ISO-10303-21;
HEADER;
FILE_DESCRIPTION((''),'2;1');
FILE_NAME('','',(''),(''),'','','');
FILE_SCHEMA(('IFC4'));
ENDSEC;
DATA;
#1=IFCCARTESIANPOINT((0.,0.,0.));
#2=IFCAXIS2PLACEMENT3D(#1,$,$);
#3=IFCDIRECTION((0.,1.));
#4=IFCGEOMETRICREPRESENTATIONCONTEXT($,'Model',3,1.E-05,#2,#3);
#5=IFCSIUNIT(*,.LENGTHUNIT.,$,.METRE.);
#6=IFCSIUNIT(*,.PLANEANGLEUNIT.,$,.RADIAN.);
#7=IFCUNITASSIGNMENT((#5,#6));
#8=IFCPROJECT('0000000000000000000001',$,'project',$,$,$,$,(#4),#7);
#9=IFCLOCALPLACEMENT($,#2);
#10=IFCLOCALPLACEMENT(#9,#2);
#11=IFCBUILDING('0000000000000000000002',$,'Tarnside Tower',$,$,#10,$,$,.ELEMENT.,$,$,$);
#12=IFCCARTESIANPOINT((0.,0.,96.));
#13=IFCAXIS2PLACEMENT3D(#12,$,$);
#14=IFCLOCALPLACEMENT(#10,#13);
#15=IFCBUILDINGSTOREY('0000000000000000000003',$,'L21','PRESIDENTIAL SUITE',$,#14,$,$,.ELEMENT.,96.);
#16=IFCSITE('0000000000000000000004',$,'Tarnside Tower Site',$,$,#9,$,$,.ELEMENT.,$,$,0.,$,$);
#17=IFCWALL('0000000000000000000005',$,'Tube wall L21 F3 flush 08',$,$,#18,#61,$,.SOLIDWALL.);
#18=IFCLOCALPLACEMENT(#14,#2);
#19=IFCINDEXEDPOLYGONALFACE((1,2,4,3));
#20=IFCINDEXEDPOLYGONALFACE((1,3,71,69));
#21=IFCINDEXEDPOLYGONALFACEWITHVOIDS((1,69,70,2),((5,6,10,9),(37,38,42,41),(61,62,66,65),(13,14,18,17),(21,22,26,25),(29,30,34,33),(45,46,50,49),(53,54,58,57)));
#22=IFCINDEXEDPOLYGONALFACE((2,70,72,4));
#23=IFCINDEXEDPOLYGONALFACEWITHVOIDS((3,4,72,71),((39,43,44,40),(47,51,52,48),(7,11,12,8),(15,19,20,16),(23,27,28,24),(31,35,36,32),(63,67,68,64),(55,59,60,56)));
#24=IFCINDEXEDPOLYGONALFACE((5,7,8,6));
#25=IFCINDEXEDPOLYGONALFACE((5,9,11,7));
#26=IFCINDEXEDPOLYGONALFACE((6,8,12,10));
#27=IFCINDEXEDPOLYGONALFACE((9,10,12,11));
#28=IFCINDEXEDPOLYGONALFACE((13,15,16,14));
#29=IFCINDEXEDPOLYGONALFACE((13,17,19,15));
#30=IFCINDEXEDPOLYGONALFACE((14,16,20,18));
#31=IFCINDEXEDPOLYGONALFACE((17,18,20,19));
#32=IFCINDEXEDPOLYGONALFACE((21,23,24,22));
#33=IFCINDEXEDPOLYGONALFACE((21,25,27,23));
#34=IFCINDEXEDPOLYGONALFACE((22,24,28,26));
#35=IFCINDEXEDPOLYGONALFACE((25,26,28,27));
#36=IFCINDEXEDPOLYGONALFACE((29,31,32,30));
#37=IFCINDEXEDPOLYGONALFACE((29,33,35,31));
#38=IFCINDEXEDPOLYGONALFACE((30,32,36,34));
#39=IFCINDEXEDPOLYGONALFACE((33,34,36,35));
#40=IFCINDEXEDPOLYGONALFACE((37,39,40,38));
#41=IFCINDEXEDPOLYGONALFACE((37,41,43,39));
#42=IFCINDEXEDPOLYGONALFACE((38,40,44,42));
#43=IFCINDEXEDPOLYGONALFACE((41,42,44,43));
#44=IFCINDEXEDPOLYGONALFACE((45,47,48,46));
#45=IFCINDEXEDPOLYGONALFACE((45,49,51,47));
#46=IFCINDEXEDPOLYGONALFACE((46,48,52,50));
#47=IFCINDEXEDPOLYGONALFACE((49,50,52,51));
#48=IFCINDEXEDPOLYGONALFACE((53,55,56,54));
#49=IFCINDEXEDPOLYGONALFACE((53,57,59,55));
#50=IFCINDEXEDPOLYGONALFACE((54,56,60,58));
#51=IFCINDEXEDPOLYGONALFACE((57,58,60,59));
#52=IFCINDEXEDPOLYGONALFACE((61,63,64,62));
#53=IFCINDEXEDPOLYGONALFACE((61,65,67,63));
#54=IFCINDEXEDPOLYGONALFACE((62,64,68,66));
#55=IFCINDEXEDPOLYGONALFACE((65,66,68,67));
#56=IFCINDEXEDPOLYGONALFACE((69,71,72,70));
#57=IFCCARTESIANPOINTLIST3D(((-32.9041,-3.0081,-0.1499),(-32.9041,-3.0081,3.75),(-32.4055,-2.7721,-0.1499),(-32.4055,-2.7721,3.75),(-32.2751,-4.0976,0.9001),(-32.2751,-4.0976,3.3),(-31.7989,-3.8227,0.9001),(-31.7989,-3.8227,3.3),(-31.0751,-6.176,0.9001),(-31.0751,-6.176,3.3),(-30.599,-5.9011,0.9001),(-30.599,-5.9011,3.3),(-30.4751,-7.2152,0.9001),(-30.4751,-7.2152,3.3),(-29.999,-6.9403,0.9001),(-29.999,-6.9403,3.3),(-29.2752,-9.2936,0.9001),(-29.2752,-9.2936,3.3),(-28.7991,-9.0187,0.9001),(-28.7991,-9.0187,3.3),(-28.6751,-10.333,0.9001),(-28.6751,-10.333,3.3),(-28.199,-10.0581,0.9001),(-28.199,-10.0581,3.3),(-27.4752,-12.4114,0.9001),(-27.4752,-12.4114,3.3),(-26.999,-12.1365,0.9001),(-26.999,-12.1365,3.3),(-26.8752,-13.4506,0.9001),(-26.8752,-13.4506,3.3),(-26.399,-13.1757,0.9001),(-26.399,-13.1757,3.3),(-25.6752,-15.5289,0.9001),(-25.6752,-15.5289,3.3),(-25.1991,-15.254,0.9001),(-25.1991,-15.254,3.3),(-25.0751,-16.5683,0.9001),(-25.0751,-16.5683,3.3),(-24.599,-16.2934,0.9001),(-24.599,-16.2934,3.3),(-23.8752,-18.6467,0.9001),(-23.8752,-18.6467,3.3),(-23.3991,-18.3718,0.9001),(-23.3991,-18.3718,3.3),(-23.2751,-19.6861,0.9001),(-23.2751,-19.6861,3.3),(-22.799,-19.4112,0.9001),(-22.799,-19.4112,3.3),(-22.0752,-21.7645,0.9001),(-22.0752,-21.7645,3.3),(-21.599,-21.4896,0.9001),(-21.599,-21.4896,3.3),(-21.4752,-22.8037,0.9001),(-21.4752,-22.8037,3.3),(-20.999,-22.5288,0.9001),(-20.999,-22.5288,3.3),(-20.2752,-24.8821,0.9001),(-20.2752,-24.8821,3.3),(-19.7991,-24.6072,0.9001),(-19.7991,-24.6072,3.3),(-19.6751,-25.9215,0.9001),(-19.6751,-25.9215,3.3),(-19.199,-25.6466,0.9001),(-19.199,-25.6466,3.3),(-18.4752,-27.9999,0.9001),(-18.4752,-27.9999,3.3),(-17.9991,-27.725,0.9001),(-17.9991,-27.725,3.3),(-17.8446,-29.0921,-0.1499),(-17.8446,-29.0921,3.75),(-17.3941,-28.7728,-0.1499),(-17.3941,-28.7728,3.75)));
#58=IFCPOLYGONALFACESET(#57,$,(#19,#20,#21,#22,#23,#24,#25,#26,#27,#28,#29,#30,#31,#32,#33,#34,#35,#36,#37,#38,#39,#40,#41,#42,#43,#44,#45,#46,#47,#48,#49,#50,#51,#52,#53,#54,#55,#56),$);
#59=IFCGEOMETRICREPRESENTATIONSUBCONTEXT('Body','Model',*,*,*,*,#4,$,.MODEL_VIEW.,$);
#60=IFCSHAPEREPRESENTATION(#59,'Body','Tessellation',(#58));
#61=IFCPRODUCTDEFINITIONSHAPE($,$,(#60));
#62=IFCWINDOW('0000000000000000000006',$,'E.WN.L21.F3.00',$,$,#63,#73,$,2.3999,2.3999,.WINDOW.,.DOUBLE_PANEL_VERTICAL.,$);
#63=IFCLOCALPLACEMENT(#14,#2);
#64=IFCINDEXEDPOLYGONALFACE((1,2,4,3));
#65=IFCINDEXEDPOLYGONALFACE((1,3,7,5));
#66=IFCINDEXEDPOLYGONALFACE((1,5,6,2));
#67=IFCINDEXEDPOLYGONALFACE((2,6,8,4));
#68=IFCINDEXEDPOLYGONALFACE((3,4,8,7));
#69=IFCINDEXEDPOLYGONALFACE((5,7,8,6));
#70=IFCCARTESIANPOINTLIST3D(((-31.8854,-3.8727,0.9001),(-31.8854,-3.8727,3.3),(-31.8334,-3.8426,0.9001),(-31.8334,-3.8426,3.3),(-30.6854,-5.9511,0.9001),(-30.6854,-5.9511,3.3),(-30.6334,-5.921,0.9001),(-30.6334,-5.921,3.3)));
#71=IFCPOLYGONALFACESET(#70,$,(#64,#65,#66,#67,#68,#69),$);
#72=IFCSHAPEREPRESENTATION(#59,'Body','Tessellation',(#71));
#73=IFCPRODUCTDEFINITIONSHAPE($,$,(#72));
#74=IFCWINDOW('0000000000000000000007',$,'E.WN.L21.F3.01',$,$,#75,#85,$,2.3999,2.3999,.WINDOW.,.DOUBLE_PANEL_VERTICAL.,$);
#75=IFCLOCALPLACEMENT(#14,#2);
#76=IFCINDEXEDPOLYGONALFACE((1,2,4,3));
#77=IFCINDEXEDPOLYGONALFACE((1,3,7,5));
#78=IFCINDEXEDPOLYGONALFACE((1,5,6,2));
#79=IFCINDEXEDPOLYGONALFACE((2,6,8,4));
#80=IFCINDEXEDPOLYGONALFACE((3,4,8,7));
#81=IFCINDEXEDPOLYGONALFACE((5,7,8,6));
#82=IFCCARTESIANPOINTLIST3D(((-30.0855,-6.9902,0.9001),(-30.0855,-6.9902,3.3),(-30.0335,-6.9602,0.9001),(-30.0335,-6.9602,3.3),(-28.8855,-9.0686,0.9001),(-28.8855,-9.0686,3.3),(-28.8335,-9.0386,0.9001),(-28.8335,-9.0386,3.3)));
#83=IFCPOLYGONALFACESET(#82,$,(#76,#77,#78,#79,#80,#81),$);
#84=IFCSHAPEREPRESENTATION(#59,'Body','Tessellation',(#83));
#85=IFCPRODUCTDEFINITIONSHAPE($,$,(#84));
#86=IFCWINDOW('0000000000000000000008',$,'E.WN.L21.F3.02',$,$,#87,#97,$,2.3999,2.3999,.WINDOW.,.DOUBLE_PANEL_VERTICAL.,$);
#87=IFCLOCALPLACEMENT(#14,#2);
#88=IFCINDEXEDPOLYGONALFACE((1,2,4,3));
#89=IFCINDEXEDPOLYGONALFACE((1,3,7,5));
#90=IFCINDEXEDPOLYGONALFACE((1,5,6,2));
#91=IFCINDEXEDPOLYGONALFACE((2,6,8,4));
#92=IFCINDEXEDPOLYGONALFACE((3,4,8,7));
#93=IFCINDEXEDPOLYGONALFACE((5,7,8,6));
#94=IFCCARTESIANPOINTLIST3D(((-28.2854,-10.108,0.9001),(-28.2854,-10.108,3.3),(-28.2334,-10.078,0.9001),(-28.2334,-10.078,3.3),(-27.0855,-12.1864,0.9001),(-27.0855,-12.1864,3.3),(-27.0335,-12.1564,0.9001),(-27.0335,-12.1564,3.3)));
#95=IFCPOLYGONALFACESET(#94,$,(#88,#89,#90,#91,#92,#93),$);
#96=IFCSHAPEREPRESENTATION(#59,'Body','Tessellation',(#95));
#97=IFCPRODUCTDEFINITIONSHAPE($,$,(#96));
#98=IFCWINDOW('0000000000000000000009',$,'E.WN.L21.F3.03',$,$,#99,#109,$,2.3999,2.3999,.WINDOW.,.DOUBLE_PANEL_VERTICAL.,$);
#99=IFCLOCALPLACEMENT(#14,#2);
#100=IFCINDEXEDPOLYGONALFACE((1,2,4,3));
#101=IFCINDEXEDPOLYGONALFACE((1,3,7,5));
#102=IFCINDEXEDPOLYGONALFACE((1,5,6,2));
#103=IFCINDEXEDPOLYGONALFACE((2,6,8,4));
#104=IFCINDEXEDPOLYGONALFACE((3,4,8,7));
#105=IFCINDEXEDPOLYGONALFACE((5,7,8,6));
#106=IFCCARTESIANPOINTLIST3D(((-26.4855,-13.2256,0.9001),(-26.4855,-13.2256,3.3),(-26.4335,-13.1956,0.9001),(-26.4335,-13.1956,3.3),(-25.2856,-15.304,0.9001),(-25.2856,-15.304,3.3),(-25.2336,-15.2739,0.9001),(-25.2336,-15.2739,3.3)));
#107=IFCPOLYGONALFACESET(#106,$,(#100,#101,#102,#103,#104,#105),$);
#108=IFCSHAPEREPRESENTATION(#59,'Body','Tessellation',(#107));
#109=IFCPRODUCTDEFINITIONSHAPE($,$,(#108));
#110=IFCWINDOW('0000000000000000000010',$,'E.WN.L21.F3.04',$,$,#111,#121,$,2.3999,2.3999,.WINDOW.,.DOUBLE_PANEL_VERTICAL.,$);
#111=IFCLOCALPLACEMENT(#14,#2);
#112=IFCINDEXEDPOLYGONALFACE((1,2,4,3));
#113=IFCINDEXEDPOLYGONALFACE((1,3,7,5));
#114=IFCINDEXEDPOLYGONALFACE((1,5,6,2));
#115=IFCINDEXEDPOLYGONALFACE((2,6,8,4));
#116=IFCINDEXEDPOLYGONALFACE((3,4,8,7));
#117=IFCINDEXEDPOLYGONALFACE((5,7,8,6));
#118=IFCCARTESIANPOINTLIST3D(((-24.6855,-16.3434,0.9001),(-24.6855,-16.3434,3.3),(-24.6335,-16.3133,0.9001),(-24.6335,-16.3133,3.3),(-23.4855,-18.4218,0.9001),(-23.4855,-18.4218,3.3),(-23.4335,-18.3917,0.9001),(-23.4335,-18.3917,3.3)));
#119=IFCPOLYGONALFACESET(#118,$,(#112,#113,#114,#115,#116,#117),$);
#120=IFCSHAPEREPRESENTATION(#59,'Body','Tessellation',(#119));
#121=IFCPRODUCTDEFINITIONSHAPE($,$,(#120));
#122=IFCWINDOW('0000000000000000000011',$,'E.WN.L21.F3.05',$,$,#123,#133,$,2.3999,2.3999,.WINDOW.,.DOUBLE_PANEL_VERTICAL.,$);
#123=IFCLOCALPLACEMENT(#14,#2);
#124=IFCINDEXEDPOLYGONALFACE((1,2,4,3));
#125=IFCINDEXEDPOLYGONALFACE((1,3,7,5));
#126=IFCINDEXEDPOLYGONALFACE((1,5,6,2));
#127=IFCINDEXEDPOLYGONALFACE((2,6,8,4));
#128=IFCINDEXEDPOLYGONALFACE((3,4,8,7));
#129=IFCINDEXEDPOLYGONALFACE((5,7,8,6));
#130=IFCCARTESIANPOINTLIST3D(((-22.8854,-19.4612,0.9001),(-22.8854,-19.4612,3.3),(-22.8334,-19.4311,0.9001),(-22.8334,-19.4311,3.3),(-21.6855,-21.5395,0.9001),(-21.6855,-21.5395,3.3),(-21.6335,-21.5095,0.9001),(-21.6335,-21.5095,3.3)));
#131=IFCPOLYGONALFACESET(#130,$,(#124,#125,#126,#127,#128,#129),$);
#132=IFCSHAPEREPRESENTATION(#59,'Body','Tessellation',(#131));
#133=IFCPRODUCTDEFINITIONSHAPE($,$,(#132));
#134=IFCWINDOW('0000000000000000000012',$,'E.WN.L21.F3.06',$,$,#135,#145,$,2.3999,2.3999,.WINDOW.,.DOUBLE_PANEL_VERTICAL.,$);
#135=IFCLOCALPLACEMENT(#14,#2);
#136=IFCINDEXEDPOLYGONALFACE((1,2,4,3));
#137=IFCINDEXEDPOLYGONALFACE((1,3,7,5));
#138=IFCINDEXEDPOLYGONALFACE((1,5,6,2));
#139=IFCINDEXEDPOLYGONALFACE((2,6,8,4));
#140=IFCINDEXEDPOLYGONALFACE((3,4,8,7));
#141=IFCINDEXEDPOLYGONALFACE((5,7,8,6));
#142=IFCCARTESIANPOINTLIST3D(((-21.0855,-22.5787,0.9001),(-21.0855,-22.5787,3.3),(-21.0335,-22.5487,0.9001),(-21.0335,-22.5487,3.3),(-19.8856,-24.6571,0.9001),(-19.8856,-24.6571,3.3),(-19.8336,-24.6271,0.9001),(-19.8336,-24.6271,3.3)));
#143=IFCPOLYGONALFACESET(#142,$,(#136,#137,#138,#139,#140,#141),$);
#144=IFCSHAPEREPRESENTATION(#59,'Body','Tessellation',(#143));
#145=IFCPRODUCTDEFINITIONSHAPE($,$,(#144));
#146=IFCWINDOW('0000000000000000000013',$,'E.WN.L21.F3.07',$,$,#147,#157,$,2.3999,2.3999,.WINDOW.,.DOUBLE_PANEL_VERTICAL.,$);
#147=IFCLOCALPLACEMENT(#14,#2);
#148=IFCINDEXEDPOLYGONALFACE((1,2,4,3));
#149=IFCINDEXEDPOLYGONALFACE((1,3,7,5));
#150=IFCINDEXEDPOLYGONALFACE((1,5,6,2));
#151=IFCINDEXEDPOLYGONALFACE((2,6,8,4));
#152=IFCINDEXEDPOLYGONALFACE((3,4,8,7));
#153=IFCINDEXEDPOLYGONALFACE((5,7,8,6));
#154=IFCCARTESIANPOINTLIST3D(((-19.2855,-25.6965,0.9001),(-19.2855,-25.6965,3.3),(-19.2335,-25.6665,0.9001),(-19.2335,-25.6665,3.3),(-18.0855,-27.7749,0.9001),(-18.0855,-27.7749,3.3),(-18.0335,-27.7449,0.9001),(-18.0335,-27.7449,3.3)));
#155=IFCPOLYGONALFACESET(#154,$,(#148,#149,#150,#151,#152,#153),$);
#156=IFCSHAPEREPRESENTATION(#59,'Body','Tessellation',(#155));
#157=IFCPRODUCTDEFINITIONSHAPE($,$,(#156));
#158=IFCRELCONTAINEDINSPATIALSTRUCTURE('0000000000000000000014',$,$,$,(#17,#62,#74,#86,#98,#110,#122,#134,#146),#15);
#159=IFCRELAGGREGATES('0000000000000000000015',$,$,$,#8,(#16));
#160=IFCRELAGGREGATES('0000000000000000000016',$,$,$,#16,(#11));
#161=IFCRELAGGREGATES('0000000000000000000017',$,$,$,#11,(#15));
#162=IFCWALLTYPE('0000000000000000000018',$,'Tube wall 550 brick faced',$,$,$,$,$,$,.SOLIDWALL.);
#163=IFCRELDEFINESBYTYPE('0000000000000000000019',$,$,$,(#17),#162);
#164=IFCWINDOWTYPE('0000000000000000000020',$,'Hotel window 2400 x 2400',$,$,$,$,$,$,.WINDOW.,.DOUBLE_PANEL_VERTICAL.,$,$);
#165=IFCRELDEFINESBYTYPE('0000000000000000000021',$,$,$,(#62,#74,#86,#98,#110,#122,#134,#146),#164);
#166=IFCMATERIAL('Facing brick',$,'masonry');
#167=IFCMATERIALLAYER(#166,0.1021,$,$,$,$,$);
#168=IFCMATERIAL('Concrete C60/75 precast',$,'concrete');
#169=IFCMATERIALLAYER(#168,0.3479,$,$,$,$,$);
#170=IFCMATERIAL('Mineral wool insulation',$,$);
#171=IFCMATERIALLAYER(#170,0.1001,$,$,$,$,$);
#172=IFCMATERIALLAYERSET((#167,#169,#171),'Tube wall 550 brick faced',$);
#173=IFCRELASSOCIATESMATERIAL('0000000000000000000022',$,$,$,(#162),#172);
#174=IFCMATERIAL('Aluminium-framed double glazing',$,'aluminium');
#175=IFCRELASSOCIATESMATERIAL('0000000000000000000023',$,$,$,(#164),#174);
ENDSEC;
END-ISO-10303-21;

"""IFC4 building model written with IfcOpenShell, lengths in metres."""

from ifc_helpers import new_model, si_unit, direction, frame, frame_2d, origin, place, context, subcontext, project, spatial, polyline, rectangle, outline, extrude, material, layer, layer_set, type_object, element, fill, save


model = new_model("IFC4")

# Units and contexts
model_context = context("Model", 3, precision=1e-05, world=origin(), true_north=direction((0.0, 1.0)))
body_context = subcontext(model_context, "Body", "Model", "MODEL_VIEW")
ifc_project = project(units=[si_unit("LENGTHUNIT", "METRE"), si_unit("PLANEANGLEUNIT", "RADIAN")], contexts=[model_context])

# Site, building, storey
site_placement = place(None, origin())
site = spatial("IfcSite", under=ifc_project, at=site_placement, Name="Tarnside Tower Site", CompositionType="ELEMENT", RefElevation=0.0)
building_placement = place(site_placement, origin())
building = spatial("IfcBuilding", under=site, at=building_placement, Name="Tarnside Tower", CompositionType="ELEMENT")
storey_placement = place(building_placement, frame((0.0, 0.0, 96.0)))
storey = spatial("IfcBuildingStorey", under=building, at=storey_placement, Name="L21", Description="PRESIDENTIAL SUITE", CompositionType="ELEMENT", Elevation=96.0)

# Shared definitions
ifc_material_1 = material(Name="Facing brick", Category="masonry")
ifc_layer_1 = layer(ifc_material_1, 0.1021)
ifc_material_2 = material(Name="Concrete C60/75 precast", Category="concrete")
ifc_layer_2 = layer(ifc_material_2, 0.3479)
ifc_material_3 = material(Name="Mineral wool insulation")
ifc_layer_3 = layer(ifc_material_3, 0.1001)
ifc_layer_set_1 = layer_set([ifc_layer_1, ifc_layer_2, ifc_layer_3], Name="Tube wall 550 brick faced")
wall_type_1 = type_object("IfcWallType", Name="Tube wall 550 brick faced", PredefinedType="SOLIDWALL", material=ifc_layer_set_1)

# Wall, openings, windows
wall_1_placement = place(storey_placement, frame((-32.6548, -2.8901, -0.1499), z_axis=(0.0, 0.0, 1.0), x_axis=(0.499998, -0.866027, 0.0)))
wall_1 = element("IfcWall", 1, at=wall_1_placement, inside=storey, type_object=wall_type_1, Name="Tube wall L21 F3 flush 08", PredefinedType="SOLIDWALL", context=body_context, shape_type="SweptSolid", body=[
    extrude(outline(polyline([(-0.0225, -0.2749), (30.0967, -0.2749), (30.0454, 0.2749), (0.0225, 0.2749), (-0.0225, -0.2749)])), origin(), (0.0, 0.0, 1.0), 3.8999),
])
opening_1_placement = place(wall_1_placement, frame((1.2356, 0.0, 1.05)))
opening_1 = element("IfcOpeningElement", 2, at=opening_1_placement, cuts=wall_1, PredefinedType="OPENING", context=body_context, shape_type="SweptSolid", body=[
    extrude(rectangle(XDim=2.3999, YDim=2.3999, at=frame_2d((1.2, 1.2))), frame((0.0, 0.2852, 0.0), z_axis=(0.0, -1.0, 0.0), x_axis=(1.0, 0.0, 0.0)), (0.0, 0.0, 1.0), 0.5701),
])
opening_2_placement = place(wall_1_placement, frame((4.8354, 0.0, 1.05)))
opening_2 = element("IfcOpeningElement", 3, at=opening_2_placement, cuts=wall_1, PredefinedType="OPENING", context=body_context, shape_type="SweptSolid", body=[
    extrude(rectangle(XDim=2.3999, YDim=2.3999, at=frame_2d((1.2, 1.2))), frame((0.0, 0.2852, 0.0), z_axis=(0.0, -1.0, 0.0), x_axis=(1.0, 0.0, 0.0)), (0.0, 0.0, 1.0), 0.5701),
])
opening_3_placement = place(wall_1_placement, frame((8.4355, 0.0, 1.05)))
opening_3 = element("IfcOpeningElement", 4, at=opening_3_placement, cuts=wall_1, PredefinedType="OPENING", context=body_context, shape_type="SweptSolid", body=[
    extrude(rectangle(XDim=2.3999, YDim=2.3999, at=frame_2d((1.2, 1.2))), frame((0.0, 0.2852, 0.0), z_axis=(0.0, -1.0, 0.0), x_axis=(1.0, 0.0, 0.0)), (0.0, 0.0, 1.0), 0.5701),
])
opening_4_placement = place(wall_1_placement, frame((12.0354, 0.0, 1.05)))
opening_4 = element("IfcOpeningElement", 5, at=opening_4_placement, cuts=wall_1, PredefinedType="OPENING", context=body_context, shape_type="SweptSolid", body=[
    extrude(rectangle(XDim=2.3999, YDim=2.3999, at=frame_2d((1.2, 1.2))), frame((0.0, 0.2852, 0.0), z_axis=(0.0, -1.0, 0.0), x_axis=(1.0, 0.0, 0.0)), (0.0, 0.0, 1.0), 0.5701),
])
opening_5_placement = place(wall_1_placement, frame((15.6355, 0.0, 1.05)))
opening_5 = element("IfcOpeningElement", 6, at=opening_5_placement, cuts=wall_1, PredefinedType="OPENING", context=body_context, shape_type="SweptSolid", body=[
    extrude(rectangle(XDim=2.3999, YDim=2.3999, at=frame_2d((1.2, 1.2))), frame((0.0, 0.2852, 0.0), z_axis=(0.0, -1.0, 0.0), x_axis=(1.0, 0.0, 0.0)), (0.0, 0.0, 1.0), 0.5701),
])
opening_6_placement = place(wall_1_placement, frame((19.2356, 0.0, 1.05)))
opening_6 = element("IfcOpeningElement", 7, at=opening_6_placement, cuts=wall_1, PredefinedType="OPENING", context=body_context, shape_type="SweptSolid", body=[
    extrude(rectangle(XDim=2.3999, YDim=2.3999, at=frame_2d((1.2, 1.2))), frame((0.0, 0.2852, 0.0), z_axis=(0.0, -1.0, 0.0), x_axis=(1.0, 0.0, 0.0)), (0.0, 0.0, 1.0), 0.5701),
])
opening_7_placement = place(wall_1_placement, frame((22.8354, 0.0, 1.05)))
opening_7 = element("IfcOpeningElement", 8, at=opening_7_placement, cuts=wall_1, PredefinedType="OPENING", context=body_context, shape_type="SweptSolid", body=[
    extrude(rectangle(XDim=2.3999, YDim=2.3999, at=frame_2d((1.2, 1.2))), frame((0.0, 0.2852, 0.0), z_axis=(0.0, -1.0, 0.0), x_axis=(1.0, 0.0, 0.0)), (0.0, 0.0, 1.0), 0.5701),
])
opening_8_placement = place(wall_1_placement, frame((26.4355, 0.0, 1.05)))
opening_8 = element("IfcOpeningElement", 9, at=opening_8_placement, cuts=wall_1, PredefinedType="OPENING", context=body_context, shape_type="SweptSolid", body=[
    extrude(rectangle(XDim=2.3999, YDim=2.3999, at=frame_2d((1.2, 1.2))), frame((0.0, 0.2852, 0.0), z_axis=(0.0, -1.0, 0.0), x_axis=(1.0, 0.0, 0.0)), (0.0, 0.0, 1.0), 0.5701),
])
ifc_material_4 = material(Name="Aluminium-framed double glazing", Category="aluminium")
window_type = type_object("IfcWindowType", Name="Hotel window 2400 x 2400", PartitioningType="DOUBLE_PANEL_VERTICAL", PredefinedType="WINDOW", material=ifc_material_4)
window_1_placement = place(opening_1_placement, frame((0.0, 0.2051, 0.0)))
window_1 = element("IfcWindow", 10, at=window_1_placement, inside=storey, type_object=window_type, Name="E.WN.L21.F3.00", OverallHeight=2.3999, OverallWidth=2.3999, PartitioningType="DOUBLE_PANEL_VERTICAL", PredefinedType="WINDOW", context=body_context, shape_type="SweptSolid", body=[
    extrude(rectangle(XDim=2.3999, YDim=2.3999, at=frame_2d((1.2, 1.2))), frame((0.0, 0.03, 0.0), z_axis=(0.0, -1.0, 0.0), x_axis=(1.0, 0.0, 0.0)), (0.0, 0.0, 1.0), 0.0601),
])
fill(opening_1, window_1)
window_2_placement = place(opening_2_placement, frame((0.0, 0.2051, 0.0)))
window_2 = element("IfcWindow", 11, at=window_2_placement, inside=storey, type_object=window_type, Name="E.WN.L21.F3.01", OverallHeight=2.3999, OverallWidth=2.3999, PartitioningType="DOUBLE_PANEL_VERTICAL", PredefinedType="WINDOW", context=body_context, shape_type="SweptSolid", body=[
    extrude(rectangle(XDim=2.3999, YDim=2.3999, at=frame_2d((1.2, 1.2))), frame((0.0, 0.03, 0.0), z_axis=(0.0, -1.0, 0.0), x_axis=(1.0, 0.0, 0.0)), (0.0, 0.0, 1.0), 0.0601),
])
fill(opening_2, window_2)
window_3_placement = place(opening_3_placement, frame((0.0, 0.2051, 0.0)))
window_3 = element("IfcWindow", 12, at=window_3_placement, inside=storey, type_object=window_type, Name="E.WN.L21.F3.02", OverallHeight=2.3999, OverallWidth=2.3999, PartitioningType="DOUBLE_PANEL_VERTICAL", PredefinedType="WINDOW", context=body_context, shape_type="SweptSolid", body=[
    extrude(rectangle(XDim=2.3999, YDim=2.3999, at=frame_2d((1.2, 1.2))), frame((0.0, 0.03, 0.0), z_axis=(0.0, -1.0, 0.0), x_axis=(1.0, 0.0, 0.0)), (0.0, 0.0, 1.0), 0.0601),
])
fill(opening_3, window_3)
window_4_placement = place(opening_4_placement, frame((0.0, 0.2051, 0.0)))
window_4 = element("IfcWindow", 13, at=window_4_placement, inside=storey, type_object=window_type, Name="E.WN.L21.F3.03", OverallHeight=2.3999, OverallWidth=2.3999, PartitioningType="DOUBLE_PANEL_VERTICAL", PredefinedType="WINDOW", context=body_context, shape_type="SweptSolid", body=[
    extrude(rectangle(XDim=2.3999, YDim=2.3999, at=frame_2d((1.2, 1.2))), frame((0.0, 0.03, 0.0), z_axis=(0.0, -1.0, 0.0), x_axis=(1.0, 0.0, 0.0)), (0.0, 0.0, 1.0), 0.0601),
])
fill(opening_4, window_4)
window_5_placement = place(opening_5_placement, frame((0.0, 0.2051, 0.0)))
window_5 = element("IfcWindow", 14, at=window_5_placement, inside=storey, type_object=window_type, Name="E.WN.L21.F3.04", OverallHeight=2.3999, OverallWidth=2.3999, PartitioningType="DOUBLE_PANEL_VERTICAL", PredefinedType="WINDOW", context=body_context, shape_type="SweptSolid", body=[
    extrude(rectangle(XDim=2.3999, YDim=2.3999, at=frame_2d((1.2, 1.2))), frame((0.0, 0.03, 0.0), z_axis=(0.0, -1.0, 0.0), x_axis=(1.0, 0.0, 0.0)), (0.0, 0.0, 1.0), 0.0601),
])
fill(opening_5, window_5)
window_6_placement = place(opening_6_placement, frame((0.0, 0.2051, 0.0)))
window_6 = element("IfcWindow", 15, at=window_6_placement, inside=storey, type_object=window_type, Name="E.WN.L21.F3.05", OverallHeight=2.3999, OverallWidth=2.3999, PartitioningType="DOUBLE_PANEL_VERTICAL", PredefinedType="WINDOW", context=body_context, shape_type="SweptSolid", body=[
    extrude(rectangle(XDim=2.3999, YDim=2.3999, at=frame_2d((1.2, 1.2))), frame((0.0, 0.03, 0.0), z_axis=(0.0, -1.0, 0.0), x_axis=(1.0, 0.0, 0.0)), (0.0, 0.0, 1.0), 0.0601),
])
fill(opening_6, window_6)
window_7_placement = place(opening_7_placement, frame((0.0, 0.2051, 0.0)))
window_7 = element("IfcWindow", 16, at=window_7_placement, inside=storey, type_object=window_type, Name="E.WN.L21.F3.06", OverallHeight=2.3999, OverallWidth=2.3999, PartitioningType="DOUBLE_PANEL_VERTICAL", PredefinedType="WINDOW", context=body_context, shape_type="SweptSolid", body=[
    extrude(rectangle(XDim=2.3999, YDim=2.3999, at=frame_2d((1.2, 1.2))), frame((0.0, 0.03, 0.0), z_axis=(0.0, -1.0, 0.0), x_axis=(1.0, 0.0, 0.0)), (0.0, 0.0, 1.0), 0.0601),
])
fill(opening_7, window_7)
window_8_placement = place(opening_8_placement, frame((0.0, 0.2051, 0.0)))
window_8 = element("IfcWindow", 17, at=window_8_placement, inside=storey, type_object=window_type, Name="E.WN.L21.F3.07", OverallHeight=2.3999, OverallWidth=2.3999, PartitioningType="DOUBLE_PANEL_VERTICAL", PredefinedType="WINDOW", context=body_context, shape_type="SweptSolid", body=[
    extrude(rectangle(XDim=2.3999, YDim=2.3999, at=frame_2d((1.2, 1.2))), frame((0.0, 0.03, 0.0), z_axis=(0.0, -1.0, 0.0), x_axis=(1.0, 0.0, 0.0)), (0.0, 0.0, 1.0), 0.0601),
])
fill(opening_8, window_8)

save(model, "model.ifc")
